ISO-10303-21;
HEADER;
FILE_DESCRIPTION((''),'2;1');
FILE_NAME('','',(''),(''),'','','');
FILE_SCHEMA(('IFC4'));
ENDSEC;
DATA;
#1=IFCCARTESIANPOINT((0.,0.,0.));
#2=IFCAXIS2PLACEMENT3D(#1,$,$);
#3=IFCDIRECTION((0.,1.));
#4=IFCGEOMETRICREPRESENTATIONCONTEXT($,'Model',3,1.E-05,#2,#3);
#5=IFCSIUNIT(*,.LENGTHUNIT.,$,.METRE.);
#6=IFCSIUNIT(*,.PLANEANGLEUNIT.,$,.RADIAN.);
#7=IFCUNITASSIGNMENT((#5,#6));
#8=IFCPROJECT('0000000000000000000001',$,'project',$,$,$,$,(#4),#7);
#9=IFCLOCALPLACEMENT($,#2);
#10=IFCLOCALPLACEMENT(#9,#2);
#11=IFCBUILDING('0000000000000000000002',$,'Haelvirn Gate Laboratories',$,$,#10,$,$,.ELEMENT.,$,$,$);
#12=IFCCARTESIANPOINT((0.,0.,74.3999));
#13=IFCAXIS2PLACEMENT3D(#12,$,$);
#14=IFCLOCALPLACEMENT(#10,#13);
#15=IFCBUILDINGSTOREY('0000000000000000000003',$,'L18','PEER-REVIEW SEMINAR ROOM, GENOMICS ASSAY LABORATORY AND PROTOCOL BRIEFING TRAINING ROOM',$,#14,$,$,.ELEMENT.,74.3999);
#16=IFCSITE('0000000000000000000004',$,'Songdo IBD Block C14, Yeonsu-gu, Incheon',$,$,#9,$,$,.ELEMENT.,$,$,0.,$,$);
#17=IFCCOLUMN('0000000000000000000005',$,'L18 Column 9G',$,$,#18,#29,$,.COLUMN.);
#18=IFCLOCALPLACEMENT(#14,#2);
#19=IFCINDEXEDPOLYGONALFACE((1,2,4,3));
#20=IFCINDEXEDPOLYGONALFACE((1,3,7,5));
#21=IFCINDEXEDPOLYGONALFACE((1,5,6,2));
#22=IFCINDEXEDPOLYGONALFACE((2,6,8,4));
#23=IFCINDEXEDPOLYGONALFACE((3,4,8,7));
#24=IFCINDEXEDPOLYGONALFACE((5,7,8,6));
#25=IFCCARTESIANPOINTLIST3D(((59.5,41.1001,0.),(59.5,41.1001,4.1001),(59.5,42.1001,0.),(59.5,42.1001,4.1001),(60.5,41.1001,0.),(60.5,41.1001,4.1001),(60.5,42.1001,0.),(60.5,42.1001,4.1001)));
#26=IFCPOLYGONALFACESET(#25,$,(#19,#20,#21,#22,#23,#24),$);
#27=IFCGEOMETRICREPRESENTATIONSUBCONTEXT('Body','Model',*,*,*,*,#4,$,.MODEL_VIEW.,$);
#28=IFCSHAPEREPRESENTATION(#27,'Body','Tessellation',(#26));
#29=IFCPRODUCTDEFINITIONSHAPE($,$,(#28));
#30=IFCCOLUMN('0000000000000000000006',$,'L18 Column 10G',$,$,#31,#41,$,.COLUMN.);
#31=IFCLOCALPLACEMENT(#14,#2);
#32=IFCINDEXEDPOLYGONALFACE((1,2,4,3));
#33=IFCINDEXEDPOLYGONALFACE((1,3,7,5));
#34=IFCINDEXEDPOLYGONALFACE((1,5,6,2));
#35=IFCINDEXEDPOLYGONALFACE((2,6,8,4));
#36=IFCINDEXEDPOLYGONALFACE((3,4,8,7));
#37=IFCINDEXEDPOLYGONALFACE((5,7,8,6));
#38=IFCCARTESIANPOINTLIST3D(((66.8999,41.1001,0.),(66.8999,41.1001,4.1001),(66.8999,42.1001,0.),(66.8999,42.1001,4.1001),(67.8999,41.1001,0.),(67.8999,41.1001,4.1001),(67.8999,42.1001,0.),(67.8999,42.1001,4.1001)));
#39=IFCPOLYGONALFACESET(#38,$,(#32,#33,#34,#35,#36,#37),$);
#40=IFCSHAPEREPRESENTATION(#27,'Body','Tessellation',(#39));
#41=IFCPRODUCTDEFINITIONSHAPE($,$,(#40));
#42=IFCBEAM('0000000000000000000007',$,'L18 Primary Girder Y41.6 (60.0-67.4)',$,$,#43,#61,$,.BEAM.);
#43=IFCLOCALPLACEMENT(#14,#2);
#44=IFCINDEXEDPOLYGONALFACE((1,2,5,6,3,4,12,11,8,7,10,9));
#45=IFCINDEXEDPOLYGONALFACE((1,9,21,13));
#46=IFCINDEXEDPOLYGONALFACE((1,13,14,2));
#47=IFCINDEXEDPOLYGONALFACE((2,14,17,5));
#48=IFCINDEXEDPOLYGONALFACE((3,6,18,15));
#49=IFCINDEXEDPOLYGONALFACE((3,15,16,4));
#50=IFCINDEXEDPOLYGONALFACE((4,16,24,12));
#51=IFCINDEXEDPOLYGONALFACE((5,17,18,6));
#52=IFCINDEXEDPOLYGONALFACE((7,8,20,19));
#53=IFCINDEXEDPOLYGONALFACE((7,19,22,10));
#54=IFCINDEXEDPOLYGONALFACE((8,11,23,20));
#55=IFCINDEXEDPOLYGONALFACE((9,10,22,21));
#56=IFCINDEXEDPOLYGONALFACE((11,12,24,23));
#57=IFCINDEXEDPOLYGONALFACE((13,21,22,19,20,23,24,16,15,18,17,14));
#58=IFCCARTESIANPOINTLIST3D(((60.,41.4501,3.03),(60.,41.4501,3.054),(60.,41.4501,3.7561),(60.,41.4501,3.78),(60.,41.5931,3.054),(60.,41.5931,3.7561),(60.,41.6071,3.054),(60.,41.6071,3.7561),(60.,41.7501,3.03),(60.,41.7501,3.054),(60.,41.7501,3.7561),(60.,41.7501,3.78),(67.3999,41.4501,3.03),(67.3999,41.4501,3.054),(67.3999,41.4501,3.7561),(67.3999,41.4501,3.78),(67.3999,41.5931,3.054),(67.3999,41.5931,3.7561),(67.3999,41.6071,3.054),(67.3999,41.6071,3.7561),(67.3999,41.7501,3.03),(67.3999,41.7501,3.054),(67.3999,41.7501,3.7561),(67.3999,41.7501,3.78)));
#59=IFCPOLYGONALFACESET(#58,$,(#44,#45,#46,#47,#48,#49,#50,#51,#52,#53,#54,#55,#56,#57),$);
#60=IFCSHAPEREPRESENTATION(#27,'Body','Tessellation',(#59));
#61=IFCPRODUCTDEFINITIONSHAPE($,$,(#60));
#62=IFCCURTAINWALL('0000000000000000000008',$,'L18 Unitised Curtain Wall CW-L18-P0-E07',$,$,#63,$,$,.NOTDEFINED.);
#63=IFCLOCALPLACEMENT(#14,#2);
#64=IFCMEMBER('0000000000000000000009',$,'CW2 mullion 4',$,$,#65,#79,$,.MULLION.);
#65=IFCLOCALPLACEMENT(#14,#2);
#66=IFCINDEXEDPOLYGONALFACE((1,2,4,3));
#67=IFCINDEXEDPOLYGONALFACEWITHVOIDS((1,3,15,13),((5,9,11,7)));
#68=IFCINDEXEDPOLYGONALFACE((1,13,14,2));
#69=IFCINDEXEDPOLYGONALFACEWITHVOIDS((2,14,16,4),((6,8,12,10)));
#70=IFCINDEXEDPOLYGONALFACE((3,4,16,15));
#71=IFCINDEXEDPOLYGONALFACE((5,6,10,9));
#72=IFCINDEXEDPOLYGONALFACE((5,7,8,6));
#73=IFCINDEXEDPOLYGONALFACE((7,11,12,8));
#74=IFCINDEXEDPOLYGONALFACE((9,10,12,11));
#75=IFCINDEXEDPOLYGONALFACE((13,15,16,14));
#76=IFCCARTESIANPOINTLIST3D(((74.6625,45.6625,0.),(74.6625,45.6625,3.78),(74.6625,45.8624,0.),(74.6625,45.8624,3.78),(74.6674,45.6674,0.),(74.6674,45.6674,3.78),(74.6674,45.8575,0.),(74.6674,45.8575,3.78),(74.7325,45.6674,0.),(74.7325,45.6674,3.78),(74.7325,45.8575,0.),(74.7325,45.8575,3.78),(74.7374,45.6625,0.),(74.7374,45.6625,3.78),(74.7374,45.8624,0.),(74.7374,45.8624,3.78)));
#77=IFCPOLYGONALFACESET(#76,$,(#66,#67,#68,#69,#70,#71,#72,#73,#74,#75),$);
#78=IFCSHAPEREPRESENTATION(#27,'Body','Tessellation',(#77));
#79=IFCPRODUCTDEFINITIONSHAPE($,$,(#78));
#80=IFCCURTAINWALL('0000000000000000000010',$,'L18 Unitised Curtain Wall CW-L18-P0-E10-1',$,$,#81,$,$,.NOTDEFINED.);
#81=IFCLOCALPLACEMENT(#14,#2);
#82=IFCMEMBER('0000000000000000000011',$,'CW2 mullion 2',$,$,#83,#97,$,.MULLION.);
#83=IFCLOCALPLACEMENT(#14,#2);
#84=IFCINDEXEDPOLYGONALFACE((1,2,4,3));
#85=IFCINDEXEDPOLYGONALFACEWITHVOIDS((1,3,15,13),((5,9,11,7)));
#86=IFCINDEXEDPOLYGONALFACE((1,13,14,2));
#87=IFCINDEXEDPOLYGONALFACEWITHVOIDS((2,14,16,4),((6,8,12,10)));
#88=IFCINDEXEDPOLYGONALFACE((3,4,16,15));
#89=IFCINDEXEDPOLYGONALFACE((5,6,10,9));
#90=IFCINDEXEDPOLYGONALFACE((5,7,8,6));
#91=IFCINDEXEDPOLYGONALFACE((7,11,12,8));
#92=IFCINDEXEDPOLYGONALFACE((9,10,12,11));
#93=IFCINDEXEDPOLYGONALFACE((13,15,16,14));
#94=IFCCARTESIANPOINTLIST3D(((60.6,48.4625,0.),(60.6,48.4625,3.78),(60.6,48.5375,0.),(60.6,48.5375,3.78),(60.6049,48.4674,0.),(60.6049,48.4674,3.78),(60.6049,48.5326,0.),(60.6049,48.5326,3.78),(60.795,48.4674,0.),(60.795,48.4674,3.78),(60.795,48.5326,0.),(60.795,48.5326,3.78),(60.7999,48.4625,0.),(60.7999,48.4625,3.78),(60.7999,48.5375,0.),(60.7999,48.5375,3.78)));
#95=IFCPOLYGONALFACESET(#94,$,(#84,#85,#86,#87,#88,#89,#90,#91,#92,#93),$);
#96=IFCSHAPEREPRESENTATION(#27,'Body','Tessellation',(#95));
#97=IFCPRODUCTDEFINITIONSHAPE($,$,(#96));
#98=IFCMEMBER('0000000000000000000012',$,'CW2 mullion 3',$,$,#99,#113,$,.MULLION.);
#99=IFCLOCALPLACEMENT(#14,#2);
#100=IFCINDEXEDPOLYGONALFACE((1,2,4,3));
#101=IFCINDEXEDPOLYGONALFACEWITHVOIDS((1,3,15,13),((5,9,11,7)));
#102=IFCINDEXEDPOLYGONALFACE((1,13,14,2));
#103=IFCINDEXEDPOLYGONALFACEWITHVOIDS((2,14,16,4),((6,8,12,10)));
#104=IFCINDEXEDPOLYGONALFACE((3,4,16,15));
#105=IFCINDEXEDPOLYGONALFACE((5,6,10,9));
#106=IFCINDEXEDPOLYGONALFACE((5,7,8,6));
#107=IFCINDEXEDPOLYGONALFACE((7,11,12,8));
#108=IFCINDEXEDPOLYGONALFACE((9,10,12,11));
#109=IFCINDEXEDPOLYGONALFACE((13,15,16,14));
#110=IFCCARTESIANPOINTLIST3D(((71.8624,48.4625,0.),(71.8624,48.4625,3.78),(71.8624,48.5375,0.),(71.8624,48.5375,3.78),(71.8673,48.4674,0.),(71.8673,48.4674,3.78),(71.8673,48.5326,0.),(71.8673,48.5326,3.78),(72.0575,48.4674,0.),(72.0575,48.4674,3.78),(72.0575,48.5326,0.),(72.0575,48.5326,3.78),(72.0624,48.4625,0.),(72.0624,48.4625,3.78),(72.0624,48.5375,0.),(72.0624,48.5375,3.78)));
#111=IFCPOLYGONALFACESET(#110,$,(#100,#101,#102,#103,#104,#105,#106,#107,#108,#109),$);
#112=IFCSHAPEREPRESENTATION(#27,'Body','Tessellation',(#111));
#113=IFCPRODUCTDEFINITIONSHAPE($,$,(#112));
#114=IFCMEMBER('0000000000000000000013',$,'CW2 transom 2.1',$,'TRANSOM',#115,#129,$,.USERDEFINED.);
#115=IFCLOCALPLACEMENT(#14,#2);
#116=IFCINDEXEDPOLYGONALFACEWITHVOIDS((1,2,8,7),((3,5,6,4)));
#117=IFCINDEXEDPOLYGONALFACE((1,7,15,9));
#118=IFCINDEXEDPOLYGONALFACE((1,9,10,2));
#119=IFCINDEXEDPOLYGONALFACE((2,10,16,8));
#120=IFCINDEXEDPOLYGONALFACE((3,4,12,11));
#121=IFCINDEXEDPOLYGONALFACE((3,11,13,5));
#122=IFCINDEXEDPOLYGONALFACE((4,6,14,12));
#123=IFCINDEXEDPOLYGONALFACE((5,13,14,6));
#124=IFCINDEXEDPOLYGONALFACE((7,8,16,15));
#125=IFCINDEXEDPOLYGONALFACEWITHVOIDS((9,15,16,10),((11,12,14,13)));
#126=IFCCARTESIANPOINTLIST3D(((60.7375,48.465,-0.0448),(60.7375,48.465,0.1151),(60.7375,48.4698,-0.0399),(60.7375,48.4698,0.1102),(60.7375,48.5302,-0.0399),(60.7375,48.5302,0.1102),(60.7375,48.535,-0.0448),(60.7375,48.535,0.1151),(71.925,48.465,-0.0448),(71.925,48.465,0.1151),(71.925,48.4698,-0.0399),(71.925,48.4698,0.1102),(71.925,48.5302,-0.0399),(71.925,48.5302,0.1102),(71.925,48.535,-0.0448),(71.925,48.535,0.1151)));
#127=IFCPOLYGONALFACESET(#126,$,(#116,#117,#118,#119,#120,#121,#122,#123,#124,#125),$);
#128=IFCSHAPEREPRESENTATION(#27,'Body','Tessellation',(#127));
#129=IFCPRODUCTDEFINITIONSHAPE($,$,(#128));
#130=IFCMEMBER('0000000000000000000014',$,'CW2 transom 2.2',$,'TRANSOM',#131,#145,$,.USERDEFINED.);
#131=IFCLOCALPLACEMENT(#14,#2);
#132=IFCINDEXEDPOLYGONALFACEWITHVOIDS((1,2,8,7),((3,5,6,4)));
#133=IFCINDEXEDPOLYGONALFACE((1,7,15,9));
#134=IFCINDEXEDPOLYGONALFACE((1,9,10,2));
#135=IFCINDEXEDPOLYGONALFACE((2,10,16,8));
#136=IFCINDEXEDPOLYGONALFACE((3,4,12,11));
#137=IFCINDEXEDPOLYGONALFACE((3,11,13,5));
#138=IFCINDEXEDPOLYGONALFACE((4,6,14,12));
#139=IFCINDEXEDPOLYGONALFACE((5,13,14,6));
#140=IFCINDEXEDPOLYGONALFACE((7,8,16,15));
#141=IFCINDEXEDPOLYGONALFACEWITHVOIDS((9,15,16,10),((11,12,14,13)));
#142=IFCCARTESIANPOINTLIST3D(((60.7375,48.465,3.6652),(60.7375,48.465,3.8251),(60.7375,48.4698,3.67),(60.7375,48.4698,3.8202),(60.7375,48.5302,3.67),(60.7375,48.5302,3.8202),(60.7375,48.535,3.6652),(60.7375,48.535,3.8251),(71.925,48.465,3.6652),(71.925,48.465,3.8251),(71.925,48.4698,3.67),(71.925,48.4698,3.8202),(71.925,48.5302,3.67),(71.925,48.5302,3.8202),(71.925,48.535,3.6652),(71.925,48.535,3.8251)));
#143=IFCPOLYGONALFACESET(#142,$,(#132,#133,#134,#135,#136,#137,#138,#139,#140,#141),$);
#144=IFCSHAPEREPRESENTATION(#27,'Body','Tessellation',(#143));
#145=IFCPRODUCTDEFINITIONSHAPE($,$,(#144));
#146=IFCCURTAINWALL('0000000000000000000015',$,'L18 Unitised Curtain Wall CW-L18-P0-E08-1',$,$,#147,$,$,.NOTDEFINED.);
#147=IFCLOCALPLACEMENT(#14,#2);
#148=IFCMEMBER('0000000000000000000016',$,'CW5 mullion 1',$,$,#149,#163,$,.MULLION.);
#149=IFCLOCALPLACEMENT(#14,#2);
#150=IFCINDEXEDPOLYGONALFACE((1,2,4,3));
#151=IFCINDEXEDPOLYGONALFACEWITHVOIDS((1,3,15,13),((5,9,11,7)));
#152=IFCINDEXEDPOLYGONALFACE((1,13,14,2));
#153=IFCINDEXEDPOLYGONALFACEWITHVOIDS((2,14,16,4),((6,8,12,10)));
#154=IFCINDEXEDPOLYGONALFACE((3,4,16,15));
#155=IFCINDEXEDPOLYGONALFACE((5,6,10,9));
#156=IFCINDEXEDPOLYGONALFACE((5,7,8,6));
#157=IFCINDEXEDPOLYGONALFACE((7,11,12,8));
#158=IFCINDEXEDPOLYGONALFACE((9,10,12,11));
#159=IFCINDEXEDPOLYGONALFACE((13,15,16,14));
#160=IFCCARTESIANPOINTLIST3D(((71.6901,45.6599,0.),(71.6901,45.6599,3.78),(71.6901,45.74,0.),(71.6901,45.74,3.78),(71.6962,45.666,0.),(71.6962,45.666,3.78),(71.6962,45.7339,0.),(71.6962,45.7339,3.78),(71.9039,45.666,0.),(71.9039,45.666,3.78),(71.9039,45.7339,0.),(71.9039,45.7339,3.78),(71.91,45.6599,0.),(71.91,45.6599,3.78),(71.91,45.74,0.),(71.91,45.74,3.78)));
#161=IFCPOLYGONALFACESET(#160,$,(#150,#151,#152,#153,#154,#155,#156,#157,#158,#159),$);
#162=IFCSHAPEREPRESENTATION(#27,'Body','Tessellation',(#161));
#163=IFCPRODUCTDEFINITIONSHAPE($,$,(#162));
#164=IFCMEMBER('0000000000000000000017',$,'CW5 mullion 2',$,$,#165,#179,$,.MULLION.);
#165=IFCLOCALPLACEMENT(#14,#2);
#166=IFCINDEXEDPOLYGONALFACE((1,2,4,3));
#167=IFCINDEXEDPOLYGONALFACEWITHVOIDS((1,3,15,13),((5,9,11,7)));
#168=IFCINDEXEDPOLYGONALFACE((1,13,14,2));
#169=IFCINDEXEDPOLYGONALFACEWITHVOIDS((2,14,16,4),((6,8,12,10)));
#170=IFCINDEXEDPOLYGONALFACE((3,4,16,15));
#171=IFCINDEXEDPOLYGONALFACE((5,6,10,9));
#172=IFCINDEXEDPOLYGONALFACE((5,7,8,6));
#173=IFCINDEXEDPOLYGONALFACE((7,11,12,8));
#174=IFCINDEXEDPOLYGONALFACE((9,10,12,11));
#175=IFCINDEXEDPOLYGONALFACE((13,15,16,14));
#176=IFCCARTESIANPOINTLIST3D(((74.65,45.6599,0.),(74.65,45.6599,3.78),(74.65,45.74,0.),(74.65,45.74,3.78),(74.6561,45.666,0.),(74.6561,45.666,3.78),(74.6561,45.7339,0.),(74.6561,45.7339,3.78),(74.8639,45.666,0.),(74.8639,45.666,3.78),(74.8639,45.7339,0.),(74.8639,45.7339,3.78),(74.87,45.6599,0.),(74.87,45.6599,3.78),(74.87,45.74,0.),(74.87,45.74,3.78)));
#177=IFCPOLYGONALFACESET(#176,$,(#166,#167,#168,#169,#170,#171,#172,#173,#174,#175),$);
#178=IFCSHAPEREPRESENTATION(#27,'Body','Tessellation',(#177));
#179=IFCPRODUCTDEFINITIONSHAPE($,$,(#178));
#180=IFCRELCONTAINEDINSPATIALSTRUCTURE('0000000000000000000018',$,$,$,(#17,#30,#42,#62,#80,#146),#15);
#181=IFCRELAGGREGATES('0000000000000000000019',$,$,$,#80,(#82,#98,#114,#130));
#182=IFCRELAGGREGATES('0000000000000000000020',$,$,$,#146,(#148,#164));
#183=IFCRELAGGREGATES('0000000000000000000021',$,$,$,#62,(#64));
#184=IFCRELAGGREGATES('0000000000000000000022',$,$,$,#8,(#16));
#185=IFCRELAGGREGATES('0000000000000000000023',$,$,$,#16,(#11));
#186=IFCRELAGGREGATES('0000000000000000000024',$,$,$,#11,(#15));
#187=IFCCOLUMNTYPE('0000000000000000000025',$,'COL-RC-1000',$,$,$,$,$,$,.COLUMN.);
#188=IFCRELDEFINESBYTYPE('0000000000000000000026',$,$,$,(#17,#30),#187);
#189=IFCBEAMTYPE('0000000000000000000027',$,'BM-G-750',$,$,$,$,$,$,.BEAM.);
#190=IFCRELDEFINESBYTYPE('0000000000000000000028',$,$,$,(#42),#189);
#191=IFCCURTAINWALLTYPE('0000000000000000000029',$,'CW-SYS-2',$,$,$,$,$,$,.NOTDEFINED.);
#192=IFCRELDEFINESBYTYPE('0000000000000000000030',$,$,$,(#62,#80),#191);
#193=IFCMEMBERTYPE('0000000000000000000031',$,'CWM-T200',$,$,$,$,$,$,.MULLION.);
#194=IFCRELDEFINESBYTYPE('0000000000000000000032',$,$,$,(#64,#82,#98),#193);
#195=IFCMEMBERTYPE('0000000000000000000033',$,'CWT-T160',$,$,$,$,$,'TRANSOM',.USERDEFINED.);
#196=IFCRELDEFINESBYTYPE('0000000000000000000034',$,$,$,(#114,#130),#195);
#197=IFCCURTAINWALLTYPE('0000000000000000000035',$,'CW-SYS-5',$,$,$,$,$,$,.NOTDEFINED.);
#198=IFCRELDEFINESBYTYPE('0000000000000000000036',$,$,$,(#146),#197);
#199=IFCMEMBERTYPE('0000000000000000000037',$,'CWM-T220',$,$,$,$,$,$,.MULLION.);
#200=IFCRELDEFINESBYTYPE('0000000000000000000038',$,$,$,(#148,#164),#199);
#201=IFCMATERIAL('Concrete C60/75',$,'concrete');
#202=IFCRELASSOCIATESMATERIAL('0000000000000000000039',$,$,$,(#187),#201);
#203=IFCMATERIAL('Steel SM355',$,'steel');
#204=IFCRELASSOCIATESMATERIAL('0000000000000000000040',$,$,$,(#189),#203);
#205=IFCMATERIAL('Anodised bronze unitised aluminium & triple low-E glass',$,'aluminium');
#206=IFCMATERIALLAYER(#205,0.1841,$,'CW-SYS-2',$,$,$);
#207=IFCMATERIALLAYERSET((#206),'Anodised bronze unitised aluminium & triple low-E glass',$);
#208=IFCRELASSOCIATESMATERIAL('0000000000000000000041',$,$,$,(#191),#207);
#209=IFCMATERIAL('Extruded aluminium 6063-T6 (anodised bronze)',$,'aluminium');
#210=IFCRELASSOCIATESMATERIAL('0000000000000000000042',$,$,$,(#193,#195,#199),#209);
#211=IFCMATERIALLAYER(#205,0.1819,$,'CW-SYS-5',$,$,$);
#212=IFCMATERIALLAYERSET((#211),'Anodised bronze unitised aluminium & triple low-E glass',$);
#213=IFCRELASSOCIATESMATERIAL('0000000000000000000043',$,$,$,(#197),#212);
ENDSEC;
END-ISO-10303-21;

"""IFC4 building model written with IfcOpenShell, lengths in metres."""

from ifc_helpers import new_model, si_unit, direction, frame, origin, origin_2d, place, context, subcontext, project, spatial, rectangle, hollow_rectangle, i_section, extrude, source, transform, mapped, material, layer, layer_set, material_profile, profile_set, type_object, type_shapes, element, aggregate, save


model = new_model("IFC4")

# Units and contexts
model_context = context("Model", 3, precision=1e-05, world=origin(), true_north=direction((0.0, 1.0)))
body_context = subcontext(model_context, "Body", "Model", "MODEL_VIEW")
ifc_project = project(units=[si_unit("LENGTHUNIT", "METRE"), si_unit("PLANEANGLEUNIT", "RADIAN")], contexts=[model_context])

# Site, building, storey
site_placement = place(None, origin())
site = spatial("IfcSite", under=ifc_project, at=site_placement, Name="Songdo IBD Block C14, Yeonsu-gu, Incheon", CompositionType="ELEMENT", RefElevation=0.0)
building_placement = place(site_placement, origin())
building = spatial("IfcBuilding", under=site, at=building_placement, Name="Haelvirn Gate Laboratories", CompositionType="ELEMENT")
storey_placement = place(building_placement, frame((0.0, 0.0, 74.3999)))
storey = spatial("IfcBuildingStorey", under=building, at=storey_placement, Name="L18", Description="PEER-REVIEW SEMINAR ROOM, GENOMICS ASSAY LABORATORY AND PROTOCOL BRIEFING TRAINING ROOM", CompositionType="ELEMENT", Elevation=74.3999)

# Columns
ifc_material_1 = material(Name="Concrete C60/75", Category="concrete")
ifc_material_profile_1 = material_profile(ifc_material_1, rectangle(XDim=1.0, YDim=1.0, at=origin_2d()), Name="RC-1000x1000")
ifc_profile_set_1 = profile_set([ifc_material_profile_1], Name="Concrete C60/75")
column_type = type_object("IfcColumnType", Name="COL-RC-1000", PredefinedType="COLUMN", material=ifc_profile_set_1)
shared_shape_1 = source(origin(), body_context, "Body", "SweptSolid", [
    extrude(rectangle(XDim=1.0, YDim=1.0, at=origin_2d()), origin(), (0.0, 0.0, 1.0), 4.1001),
])
type_shapes(column_type, [shared_shape_1])
for number, where, z_axis, x_axis, name in (
    (1, (60.0, 41.6001, 0.0), (0.0, 0.0, 1.0), (1.0, 0.0, 0.0), "L18 Column 9G"),
    (2, (67.3999, 41.6001, 0.0), (0.0, 0.0, 1.0), (1.0, 0.0, 0.0), "L18 Column 10G"),
):
    element("IfcColumn", number, at=place(storey_placement, frame(where, z_axis=z_axis, x_axis=x_axis)), inside=storey, type_object=column_type, Name=name, PredefinedType="COLUMN", context=body_context, shape_type="MappedRepresentation", body=[
        mapped(shared_shape_1, transform((0.0, 0.0, 0.0), scale=1.0)),
    ])

# Beam
ifc_material_2 = material(Name="Steel SM355", Category="steel")
ifc_material_profile_2 = material_profile(ifc_material_2, i_section(OverallWidth=0.3, OverallDepth=0.75, WebThickness=0.0139, FlangeThickness=0.0239, at=origin_2d()), Name="H-750x300x14x24")
ifc_profile_set_2 = profile_set([ifc_material_profile_2], Name="Steel SM355")
beam_type = type_object("IfcBeamType", Name="BM-G-750", PredefinedType="BEAM", material=ifc_profile_set_2)
shared_shape_2 = source(origin(), body_context, "Body", "SweptSolid", [
    extrude(i_section(OverallWidth=0.3, OverallDepth=0.75, WebThickness=0.0139, FlangeThickness=0.0239, at=origin_2d()), origin(), (0.0, 0.0, 1.0), 7.3999),
])
type_shapes(beam_type, [shared_shape_2])
beam_placement = place(storey_placement, frame((60.0, 41.6001, 3.405), z_axis=(1.0, 0.0, 0.0), x_axis=(0.0, 1.0, 0.0)))
element("IfcBeam", 3, at=beam_placement, inside=storey, type_object=beam_type, Name="L18 Primary Girder Y41.6 (60.0-67.4)", PredefinedType="BEAM", context=body_context, shape_type="MappedRepresentation", body=[
    mapped(shared_shape_2, transform((0.0, 0.0, 0.0), scale=1.0)),
])

# Curtain wall, member
ifc_material_3 = material(Name="Anodised bronze unitised aluminium & triple low-E glass", Category="aluminium")
ifc_layer_1 = layer(ifc_material_3, 0.1841, Name="CW-SYS-2")
ifc_layer_set_1 = layer_set([ifc_layer_1], Name="Anodised bronze unitised aluminium & triple low-E glass")
curtain_wall_type_1 = type_object("IfcCurtainWallType", Name="CW-SYS-2", PredefinedType="NOTDEFINED", material=ifc_layer_set_1)
curtain_wall_1_placement = place(storey_placement, origin())
curtain_wall_1 = element("IfcCurtainWall", 4, at=curtain_wall_1_placement, inside=storey, type_object=curtain_wall_type_1, Name="L18 Unitised Curtain Wall CW-L18-P0-E07", PredefinedType="NOTDEFINED")
ifc_material_4 = material(Name="Extruded aluminium 6063-T6 (anodised bronze)", Category="aluminium")
ifc_material_profile_3 = material_profile(ifc_material_4, hollow_rectangle(XDim=0.075, YDim=0.2, WallThickness=0.0049, at=origin_2d()), Name="CWM-200x75x5")
ifc_profile_set_3 = profile_set([ifc_material_profile_3], Name="Extruded aluminium 6063-T6 (anodised bronze)")
member_type_1 = type_object("IfcMemberType", Name="CWM-T200", PredefinedType="MULLION", material=ifc_profile_set_3)
shared_shape_3 = source(origin(), body_context, "Body", "SweptSolid", [
    extrude(hollow_rectangle(XDim=0.075, YDim=0.2, WallThickness=0.0049, at=origin_2d()), origin(), (0.0, 0.0, 1.0), 3.78),
])
type_shapes(member_type_1, [shared_shape_3])
member_1_placement = place(storey_placement, frame((74.7, 45.7625, 0.0), z_axis=(0.0, 0.0, 1.0), x_axis=(-1.0, 0.0, 0.0)))
member_1 = element("IfcMember", 5, at=member_1_placement, type_object=member_type_1, Name="CW2 mullion 4", PredefinedType="MULLION", context=body_context, shape_type="MappedRepresentation", body=[
    mapped(shared_shape_3, transform((0.0, 0.0, 0.0), scale=1.0)),
])

# Curtain walls, members
curtain_wall_2_placement = place(storey_placement, origin())
curtain_wall_2 = element("IfcCurtainWall", 6, at=curtain_wall_2_placement, inside=storey, type_object=curtain_wall_type_1, Name="L18 Unitised Curtain Wall CW-L18-P0-E10-1", PredefinedType="NOTDEFINED")
member_2_placement = place(storey_placement, frame((60.7, 48.5, 0.0), z_axis=(0.0, 0.0, 1.0), x_axis=(0.0, 1.0, 0.0)))
member_2 = element("IfcMember", 7, at=member_2_placement, type_object=member_type_1, Name="CW2 mullion 2", PredefinedType="MULLION", context=body_context, shape_type="MappedRepresentation", body=[
    mapped(shared_shape_3, transform((0.0, 0.0, 0.0), scale=1.0)),
])
member_3_placement = place(storey_placement, frame((71.9624, 48.5, 0.0), z_axis=(0.0, 0.0, 1.0), x_axis=(0.0, 1.0, 0.0)))
member_3 = element("IfcMember", 8, at=member_3_placement, type_object=member_type_1, Name="CW2 mullion 3", PredefinedType="MULLION", context=body_context, shape_type="MappedRepresentation", body=[
    mapped(shared_shape_3, transform((0.0, 0.0, 0.0), scale=1.0)),
])
ifc_material_profile_4 = material_profile(ifc_material_4, hollow_rectangle(XDim=0.0701, YDim=0.1599, WallThickness=0.0049, at=origin_2d()), Name="CWT-160x70x5")
ifc_profile_set_4 = profile_set([ifc_material_profile_4], Name="Extruded aluminium 6063-T6 (anodised bronze)")
member_type_2 = type_object("IfcMemberType", Name="CWT-T160", ElementType="TRANSOM", PredefinedType="USERDEFINED", material=ifc_profile_set_4)
shared_shape_4 = source(origin(), body_context, "Body", "SweptSolid", [
    extrude(hollow_rectangle(XDim=0.0701, YDim=0.1599, WallThickness=0.0049, at=origin_2d()), origin(), (0.0, 0.0, 1.0), 11.1875),
])
type_shapes(member_type_2, [shared_shape_4])
member_4_placement = place(storey_placement, frame((60.7375, 48.5, 0.0352), z_axis=(1.0, 0.0, 0.0), x_axis=(0.0, 1.0, 0.0)))
member_4 = element("IfcMember", 9, at=member_4_placement, type_object=member_type_2, Name="CW2 transom 2.1", ObjectType="TRANSOM", PredefinedType="USERDEFINED", context=body_context, shape_type="MappedRepresentation", body=[
    mapped(shared_shape_4, transform((0.0, 0.0, 0.0), scale=1.0)),
])
member_5_placement = place(storey_placement, frame((60.7375, 48.5, 3.7451), z_axis=(1.0, 0.0, 0.0), x_axis=(0.0, 1.0, 0.0)))
member_5 = element("IfcMember", 10, at=member_5_placement, type_object=member_type_2, Name="CW2 transom 2.2", ObjectType="TRANSOM", PredefinedType="USERDEFINED", context=body_context, shape_type="MappedRepresentation", body=[
    mapped(shared_shape_4, transform((0.0, 0.0, 0.0), scale=1.0)),
])
ifc_layer_2 = layer(ifc_material_3, 0.1819, Name="CW-SYS-5")
ifc_layer_set_2 = layer_set([ifc_layer_2], Name="Anodised bronze unitised aluminium & triple low-E glass")
curtain_wall_type_2 = type_object("IfcCurtainWallType", Name="CW-SYS-5", PredefinedType="NOTDEFINED", material=ifc_layer_set_2)
curtain_wall_3_placement = place(storey_placement, origin())
curtain_wall_3 = element("IfcCurtainWall", 11, at=curtain_wall_3_placement, inside=storey, type_object=curtain_wall_type_2, Name="L18 Unitised Curtain Wall CW-L18-P0-E08-1", PredefinedType="NOTDEFINED")
ifc_material_profile_5 = material_profile(ifc_material_4, hollow_rectangle(XDim=0.0801, YDim=0.22, WallThickness=0.0061, at=origin_2d()), Name="CWM-220x80x6")
ifc_profile_set_5 = profile_set([ifc_material_profile_5], Name="Extruded aluminium 6063-T6 (anodised bronze)")
member_type_3 = type_object("IfcMemberType", Name="CWM-T220", PredefinedType="MULLION", material=ifc_profile_set_5)
shared_shape_5 = source(origin(), body_context, "Body", "SweptSolid", [
    extrude(hollow_rectangle(XDim=0.0801, YDim=0.22, WallThickness=0.0061, at=origin_2d()), origin(), (0.0, 0.0, 1.0), 3.78),
])
type_shapes(member_type_3, [shared_shape_5])
member_6_placement = place(storey_placement, frame((71.8, 45.7, 0.0), z_axis=(0.0, 0.0, 1.0), x_axis=(0.0, 1.0, 0.0)))
member_6 = element("IfcMember", 12, at=member_6_placement, type_object=member_type_3, Name="CW5 mullion 1", PredefinedType="MULLION", context=body_context, shape_type="MappedRepresentation", body=[
    mapped(shared_shape_5, transform((0.0, 0.0, 0.0), scale=1.0)),
])
member_7_placement = place(storey_placement, frame((74.76, 45.7, 0.0), z_axis=(0.0, 0.0, 1.0), x_axis=(0.0, 1.0, 0.0)))
member_7 = element("IfcMember", 13, at=member_7_placement, type_object=member_type_3, Name="CW5 mullion 2", PredefinedType="MULLION", context=body_context, shape_type="MappedRepresentation", body=[
    mapped(shared_shape_5, transform((0.0, 0.0, 0.0), scale=1.0)),
])

aggregate(curtain_wall_2, [member_2, member_3, member_4, member_5])
aggregate(curtain_wall_3, [member_6, member_7])
aggregate(curtain_wall_1, [member_1])

save(model, "model.ifc")
